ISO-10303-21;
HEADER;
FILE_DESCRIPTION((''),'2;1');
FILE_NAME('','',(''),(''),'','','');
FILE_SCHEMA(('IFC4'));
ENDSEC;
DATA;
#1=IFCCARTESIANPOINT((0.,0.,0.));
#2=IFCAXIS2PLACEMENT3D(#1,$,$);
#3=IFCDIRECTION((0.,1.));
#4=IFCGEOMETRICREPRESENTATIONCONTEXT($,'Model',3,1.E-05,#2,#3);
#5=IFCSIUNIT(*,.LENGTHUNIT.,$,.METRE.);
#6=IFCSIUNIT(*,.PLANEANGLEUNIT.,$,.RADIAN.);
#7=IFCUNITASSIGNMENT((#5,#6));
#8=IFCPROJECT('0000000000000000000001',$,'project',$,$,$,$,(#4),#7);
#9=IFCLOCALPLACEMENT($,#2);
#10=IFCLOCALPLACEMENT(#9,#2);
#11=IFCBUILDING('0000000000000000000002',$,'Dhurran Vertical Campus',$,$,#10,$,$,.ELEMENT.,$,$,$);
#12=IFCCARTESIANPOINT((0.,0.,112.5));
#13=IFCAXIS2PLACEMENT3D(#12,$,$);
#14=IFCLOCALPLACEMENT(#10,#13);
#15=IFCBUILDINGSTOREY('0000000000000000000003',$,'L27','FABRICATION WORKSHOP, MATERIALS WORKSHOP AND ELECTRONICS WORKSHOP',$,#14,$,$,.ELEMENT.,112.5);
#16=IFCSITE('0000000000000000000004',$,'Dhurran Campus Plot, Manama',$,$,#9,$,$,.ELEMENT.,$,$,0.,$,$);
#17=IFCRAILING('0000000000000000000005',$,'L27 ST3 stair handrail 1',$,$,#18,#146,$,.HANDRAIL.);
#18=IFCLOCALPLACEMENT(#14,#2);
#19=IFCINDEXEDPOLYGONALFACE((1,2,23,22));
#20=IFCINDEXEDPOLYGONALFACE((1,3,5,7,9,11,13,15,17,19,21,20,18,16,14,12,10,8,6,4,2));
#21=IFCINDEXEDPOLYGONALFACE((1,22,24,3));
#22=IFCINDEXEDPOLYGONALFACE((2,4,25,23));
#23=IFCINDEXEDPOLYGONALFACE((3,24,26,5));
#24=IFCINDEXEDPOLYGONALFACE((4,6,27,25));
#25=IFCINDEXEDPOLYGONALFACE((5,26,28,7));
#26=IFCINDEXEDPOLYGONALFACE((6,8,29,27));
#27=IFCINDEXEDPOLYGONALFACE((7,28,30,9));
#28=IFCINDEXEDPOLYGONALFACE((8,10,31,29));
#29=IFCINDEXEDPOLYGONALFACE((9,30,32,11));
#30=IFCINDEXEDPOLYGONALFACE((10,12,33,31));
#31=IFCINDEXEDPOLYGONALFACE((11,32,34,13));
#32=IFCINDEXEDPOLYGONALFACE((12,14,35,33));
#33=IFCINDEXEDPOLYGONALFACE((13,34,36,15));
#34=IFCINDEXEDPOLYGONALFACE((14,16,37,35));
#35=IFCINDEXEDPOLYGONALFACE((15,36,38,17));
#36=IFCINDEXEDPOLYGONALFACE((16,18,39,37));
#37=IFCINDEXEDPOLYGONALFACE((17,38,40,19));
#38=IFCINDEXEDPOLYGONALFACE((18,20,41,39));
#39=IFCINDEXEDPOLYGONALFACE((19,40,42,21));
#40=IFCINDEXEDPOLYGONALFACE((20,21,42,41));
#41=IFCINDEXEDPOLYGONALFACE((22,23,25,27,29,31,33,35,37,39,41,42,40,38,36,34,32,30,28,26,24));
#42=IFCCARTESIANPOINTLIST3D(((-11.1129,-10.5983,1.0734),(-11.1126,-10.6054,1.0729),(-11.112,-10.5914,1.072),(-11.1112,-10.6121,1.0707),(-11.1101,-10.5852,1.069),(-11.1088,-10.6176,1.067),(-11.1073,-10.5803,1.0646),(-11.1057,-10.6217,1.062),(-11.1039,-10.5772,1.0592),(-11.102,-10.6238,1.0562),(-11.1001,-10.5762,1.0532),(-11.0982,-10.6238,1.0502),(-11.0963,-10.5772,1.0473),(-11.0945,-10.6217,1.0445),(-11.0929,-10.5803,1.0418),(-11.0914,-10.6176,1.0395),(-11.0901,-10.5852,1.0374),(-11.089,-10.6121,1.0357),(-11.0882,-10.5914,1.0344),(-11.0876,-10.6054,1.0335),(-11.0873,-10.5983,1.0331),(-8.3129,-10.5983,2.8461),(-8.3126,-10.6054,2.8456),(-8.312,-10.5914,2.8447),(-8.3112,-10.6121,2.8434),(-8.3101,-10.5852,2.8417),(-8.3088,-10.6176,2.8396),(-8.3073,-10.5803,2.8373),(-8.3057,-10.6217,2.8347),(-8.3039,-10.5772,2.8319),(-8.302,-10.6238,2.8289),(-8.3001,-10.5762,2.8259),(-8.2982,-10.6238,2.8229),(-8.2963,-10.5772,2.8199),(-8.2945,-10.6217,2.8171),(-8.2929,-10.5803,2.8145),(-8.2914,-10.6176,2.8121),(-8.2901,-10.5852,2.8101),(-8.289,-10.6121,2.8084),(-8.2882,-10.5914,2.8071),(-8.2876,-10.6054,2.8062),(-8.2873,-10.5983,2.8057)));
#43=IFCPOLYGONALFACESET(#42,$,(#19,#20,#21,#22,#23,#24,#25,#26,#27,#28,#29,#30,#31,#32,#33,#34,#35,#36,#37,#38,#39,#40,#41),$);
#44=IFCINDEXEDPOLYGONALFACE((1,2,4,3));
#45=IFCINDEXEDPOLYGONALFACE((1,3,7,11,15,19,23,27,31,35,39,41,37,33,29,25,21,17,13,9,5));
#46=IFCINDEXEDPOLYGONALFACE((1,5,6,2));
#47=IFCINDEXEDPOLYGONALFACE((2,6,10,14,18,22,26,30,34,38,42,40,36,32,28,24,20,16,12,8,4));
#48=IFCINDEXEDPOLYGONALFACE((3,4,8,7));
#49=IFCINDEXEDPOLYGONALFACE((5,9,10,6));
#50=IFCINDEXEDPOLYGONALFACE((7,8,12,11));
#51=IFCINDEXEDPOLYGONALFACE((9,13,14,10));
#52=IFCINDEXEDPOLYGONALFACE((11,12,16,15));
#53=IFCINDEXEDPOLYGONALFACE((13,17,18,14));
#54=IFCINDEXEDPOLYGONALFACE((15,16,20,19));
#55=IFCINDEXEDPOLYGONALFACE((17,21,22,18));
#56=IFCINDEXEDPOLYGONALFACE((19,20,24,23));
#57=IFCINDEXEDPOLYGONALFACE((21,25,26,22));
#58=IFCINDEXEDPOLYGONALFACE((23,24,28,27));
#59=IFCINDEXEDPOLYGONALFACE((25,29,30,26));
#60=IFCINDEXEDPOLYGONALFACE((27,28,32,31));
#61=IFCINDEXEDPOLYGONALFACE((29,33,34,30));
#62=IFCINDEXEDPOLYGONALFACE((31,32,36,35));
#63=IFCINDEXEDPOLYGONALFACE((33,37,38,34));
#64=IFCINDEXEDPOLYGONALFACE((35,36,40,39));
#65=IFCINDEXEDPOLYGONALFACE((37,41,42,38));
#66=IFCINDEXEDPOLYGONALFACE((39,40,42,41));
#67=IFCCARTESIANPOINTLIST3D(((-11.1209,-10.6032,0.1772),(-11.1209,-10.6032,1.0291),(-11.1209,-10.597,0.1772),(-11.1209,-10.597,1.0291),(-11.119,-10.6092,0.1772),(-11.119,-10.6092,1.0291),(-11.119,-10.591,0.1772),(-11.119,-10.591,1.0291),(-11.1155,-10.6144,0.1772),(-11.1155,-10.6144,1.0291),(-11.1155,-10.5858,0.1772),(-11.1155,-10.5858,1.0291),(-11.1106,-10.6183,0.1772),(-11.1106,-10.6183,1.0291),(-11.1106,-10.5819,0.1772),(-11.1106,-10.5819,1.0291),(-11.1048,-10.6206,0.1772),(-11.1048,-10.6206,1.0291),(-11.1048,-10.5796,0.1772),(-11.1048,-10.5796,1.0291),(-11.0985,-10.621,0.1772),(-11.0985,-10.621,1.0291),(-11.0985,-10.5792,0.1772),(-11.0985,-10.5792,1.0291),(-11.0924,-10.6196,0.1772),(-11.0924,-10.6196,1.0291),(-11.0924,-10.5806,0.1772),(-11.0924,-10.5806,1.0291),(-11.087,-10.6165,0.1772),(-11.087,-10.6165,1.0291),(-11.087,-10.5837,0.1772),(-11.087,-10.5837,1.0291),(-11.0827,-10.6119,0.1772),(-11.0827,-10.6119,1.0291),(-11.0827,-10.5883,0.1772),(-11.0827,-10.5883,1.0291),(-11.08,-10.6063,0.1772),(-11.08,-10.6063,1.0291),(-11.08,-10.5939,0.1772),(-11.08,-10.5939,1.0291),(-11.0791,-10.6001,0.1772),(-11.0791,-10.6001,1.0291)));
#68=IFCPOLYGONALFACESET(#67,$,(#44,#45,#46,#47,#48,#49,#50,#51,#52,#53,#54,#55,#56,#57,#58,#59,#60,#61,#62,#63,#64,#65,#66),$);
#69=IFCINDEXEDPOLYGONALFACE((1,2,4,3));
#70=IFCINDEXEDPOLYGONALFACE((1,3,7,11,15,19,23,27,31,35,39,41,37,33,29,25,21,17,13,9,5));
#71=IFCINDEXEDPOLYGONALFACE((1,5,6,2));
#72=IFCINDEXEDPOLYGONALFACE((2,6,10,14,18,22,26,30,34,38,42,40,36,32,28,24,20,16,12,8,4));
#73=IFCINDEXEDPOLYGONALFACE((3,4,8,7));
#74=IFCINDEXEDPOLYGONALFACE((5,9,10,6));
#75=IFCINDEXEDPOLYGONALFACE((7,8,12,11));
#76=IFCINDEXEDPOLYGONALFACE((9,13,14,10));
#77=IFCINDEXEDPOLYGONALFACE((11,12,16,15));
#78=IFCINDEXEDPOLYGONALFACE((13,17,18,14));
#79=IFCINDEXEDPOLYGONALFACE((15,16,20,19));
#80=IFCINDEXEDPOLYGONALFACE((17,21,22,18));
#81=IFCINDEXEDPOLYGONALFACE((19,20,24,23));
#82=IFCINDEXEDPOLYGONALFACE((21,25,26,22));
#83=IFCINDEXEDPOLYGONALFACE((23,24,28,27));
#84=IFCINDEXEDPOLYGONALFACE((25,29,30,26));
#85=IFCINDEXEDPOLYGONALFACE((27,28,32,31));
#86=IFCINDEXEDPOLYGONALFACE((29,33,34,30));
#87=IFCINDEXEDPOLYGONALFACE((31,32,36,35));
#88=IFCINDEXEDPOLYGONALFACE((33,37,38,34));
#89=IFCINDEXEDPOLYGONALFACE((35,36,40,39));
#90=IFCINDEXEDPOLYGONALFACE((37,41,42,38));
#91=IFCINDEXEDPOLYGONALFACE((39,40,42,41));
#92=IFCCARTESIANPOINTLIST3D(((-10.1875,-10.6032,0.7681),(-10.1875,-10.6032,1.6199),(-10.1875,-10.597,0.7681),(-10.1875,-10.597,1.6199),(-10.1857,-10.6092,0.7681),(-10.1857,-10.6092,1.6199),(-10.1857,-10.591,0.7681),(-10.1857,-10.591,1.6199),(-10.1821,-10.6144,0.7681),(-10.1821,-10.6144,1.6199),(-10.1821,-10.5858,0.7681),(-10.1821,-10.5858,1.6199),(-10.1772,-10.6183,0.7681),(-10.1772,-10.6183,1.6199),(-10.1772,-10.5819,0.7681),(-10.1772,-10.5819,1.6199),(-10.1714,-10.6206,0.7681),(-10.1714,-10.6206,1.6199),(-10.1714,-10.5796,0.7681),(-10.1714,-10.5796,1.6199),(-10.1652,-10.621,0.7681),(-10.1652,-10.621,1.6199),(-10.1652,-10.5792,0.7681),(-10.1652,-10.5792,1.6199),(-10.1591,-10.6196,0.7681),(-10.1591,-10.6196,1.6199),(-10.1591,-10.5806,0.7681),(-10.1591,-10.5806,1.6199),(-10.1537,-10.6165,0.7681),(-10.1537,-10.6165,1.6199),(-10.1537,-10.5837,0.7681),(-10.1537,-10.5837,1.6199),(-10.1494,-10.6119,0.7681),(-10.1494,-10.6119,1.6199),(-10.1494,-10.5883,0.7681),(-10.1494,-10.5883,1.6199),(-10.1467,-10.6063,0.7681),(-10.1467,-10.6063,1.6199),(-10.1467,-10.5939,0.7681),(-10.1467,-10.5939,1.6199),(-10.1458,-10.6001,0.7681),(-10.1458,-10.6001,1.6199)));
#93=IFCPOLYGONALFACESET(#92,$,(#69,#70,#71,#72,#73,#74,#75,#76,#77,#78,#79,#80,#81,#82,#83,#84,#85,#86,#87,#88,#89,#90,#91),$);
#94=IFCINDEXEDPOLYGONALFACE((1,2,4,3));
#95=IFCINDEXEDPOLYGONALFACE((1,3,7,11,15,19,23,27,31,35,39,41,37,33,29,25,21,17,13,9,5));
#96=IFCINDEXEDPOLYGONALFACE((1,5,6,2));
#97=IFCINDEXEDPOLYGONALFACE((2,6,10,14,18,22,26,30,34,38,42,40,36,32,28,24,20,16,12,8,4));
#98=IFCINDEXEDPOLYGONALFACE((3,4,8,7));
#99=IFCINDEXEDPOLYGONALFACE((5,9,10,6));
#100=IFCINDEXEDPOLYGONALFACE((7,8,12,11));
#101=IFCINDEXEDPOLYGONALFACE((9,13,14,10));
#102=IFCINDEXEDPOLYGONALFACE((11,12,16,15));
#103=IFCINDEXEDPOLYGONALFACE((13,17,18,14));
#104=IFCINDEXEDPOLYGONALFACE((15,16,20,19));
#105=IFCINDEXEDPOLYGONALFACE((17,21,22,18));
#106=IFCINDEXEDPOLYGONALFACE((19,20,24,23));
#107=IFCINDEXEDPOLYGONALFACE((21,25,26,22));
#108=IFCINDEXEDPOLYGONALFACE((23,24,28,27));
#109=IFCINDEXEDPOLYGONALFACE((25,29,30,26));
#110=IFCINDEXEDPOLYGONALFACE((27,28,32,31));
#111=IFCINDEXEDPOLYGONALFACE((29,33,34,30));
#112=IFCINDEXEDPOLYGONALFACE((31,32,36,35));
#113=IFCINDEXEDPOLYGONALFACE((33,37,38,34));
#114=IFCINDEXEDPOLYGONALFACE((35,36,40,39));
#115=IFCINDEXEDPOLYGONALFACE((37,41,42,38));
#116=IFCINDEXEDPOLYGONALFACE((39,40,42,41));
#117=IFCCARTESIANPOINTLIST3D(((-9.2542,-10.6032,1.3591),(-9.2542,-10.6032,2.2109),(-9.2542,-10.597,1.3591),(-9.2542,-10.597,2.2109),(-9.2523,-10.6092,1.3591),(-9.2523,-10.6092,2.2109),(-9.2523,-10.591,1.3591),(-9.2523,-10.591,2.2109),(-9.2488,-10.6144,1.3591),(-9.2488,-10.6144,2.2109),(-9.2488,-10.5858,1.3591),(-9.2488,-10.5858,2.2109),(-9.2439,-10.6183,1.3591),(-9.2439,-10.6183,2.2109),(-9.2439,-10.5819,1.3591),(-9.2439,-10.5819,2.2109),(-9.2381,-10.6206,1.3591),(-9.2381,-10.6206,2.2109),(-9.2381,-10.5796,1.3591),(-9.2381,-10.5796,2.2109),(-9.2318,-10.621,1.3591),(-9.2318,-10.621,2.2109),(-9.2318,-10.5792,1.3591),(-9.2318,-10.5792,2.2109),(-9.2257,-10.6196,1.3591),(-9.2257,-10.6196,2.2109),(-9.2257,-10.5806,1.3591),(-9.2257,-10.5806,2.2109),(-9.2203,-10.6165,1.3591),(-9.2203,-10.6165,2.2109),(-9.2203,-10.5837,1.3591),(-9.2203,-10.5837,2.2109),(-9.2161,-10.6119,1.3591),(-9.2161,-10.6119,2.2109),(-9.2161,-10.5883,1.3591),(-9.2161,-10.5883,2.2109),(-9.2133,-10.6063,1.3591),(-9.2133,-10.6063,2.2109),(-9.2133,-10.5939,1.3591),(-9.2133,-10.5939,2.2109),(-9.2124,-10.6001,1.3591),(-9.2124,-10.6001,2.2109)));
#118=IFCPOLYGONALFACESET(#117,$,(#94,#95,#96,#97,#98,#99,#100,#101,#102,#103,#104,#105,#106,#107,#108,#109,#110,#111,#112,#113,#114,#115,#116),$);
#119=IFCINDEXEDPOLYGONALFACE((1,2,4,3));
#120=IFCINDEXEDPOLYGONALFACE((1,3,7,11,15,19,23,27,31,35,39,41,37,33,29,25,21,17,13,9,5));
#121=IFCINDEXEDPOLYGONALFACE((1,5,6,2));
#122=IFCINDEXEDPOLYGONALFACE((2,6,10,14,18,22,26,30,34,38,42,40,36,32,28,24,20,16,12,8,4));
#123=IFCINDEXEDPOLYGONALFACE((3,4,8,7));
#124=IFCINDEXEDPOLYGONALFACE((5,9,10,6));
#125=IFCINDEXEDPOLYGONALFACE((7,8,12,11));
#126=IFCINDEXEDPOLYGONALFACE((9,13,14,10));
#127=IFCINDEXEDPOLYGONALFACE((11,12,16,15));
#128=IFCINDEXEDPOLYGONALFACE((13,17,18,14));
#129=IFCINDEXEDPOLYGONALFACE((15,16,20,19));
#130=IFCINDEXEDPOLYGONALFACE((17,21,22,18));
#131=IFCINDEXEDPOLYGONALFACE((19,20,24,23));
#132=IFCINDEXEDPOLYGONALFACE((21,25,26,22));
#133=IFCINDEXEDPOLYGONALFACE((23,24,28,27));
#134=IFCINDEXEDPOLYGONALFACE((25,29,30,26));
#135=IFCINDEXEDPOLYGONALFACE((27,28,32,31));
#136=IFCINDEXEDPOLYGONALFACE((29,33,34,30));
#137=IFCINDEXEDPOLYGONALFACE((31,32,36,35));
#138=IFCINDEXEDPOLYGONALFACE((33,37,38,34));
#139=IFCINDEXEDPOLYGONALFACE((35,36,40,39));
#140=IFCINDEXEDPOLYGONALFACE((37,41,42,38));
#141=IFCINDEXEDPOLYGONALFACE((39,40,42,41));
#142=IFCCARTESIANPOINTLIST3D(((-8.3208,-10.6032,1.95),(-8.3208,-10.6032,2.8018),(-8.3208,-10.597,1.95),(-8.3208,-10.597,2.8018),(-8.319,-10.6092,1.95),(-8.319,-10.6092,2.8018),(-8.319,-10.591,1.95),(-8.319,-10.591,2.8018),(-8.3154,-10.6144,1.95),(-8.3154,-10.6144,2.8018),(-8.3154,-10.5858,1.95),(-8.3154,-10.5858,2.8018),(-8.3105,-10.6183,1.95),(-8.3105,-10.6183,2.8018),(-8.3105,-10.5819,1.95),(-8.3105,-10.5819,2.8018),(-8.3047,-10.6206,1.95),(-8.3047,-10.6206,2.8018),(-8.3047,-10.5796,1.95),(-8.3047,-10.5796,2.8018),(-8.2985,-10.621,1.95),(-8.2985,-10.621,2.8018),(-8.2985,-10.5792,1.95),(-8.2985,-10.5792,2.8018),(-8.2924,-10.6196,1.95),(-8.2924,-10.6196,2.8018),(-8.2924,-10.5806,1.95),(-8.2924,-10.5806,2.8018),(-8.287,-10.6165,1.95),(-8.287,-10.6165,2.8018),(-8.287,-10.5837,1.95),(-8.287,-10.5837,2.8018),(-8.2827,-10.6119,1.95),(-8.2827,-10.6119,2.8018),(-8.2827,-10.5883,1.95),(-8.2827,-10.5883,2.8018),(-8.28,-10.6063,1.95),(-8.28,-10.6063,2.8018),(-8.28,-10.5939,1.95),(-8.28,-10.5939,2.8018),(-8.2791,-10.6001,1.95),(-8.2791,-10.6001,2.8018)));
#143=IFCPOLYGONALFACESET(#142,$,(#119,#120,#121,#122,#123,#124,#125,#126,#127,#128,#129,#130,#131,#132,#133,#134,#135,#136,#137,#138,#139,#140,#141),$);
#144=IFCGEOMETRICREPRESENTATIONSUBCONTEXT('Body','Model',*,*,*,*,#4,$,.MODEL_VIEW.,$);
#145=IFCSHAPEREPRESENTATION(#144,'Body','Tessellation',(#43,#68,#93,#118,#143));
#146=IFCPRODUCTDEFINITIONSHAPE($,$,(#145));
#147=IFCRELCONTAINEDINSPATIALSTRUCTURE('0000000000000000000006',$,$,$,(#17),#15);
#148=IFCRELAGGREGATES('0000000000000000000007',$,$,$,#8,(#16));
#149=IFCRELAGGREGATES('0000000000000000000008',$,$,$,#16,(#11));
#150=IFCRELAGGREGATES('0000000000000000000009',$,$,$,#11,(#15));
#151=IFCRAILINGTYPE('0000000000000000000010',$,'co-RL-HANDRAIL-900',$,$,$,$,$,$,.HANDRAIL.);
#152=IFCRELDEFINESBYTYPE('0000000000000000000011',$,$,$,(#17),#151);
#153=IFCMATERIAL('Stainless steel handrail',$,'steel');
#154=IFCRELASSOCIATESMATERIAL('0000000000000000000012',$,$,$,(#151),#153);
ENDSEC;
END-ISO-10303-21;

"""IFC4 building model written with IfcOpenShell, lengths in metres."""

from ifc_helpers import new_model, si_unit, direction, frame, origin, origin_2d, place, context, subcontext, project, spatial, circle, extrude, material, type_object, element, save


model = new_model("IFC4")

# Units and contexts
model_context = context("Model", 3, precision=1e-05, world=origin(), true_north=direction((0.0, 1.0)))
body_context = subcontext(model_context, "Body", "Model", "MODEL_VIEW")
ifc_project = project(units=[si_unit("LENGTHUNIT", "METRE"), si_unit("PLANEANGLEUNIT", "RADIAN")], contexts=[model_context])

# Site, building, storey
site_placement = place(None, origin())
site = spatial("IfcSite", under=ifc_project, at=site_placement, Name="Dhurran Campus Plot, Manama", CompositionType="ELEMENT", RefElevation=0.0)
building_placement = place(site_placement, origin())
building = spatial("IfcBuilding", under=site, at=building_placement, Name="Dhurran Vertical Campus", CompositionType="ELEMENT")
storey_placement = place(building_placement, frame((0.0, 0.0, 112.5)))
storey = spatial("IfcBuildingStorey", under=building, at=storey_placement, Name="L27", Description="FABRICATION WORKSHOP, MATERIALS WORKSHOP AND ELECTRONICS WORKSHOP", CompositionType="ELEMENT", Elevation=112.5)

# Railing
ifc_material_1 = material(Name="Stainless steel handrail", Category="steel")
railing_type_1 = type_object("IfcRailingType", Name="co-RL-HANDRAIL-900", PredefinedType="HANDRAIL", material=ifc_material_1)
railing_1_placement = place(storey_placement, frame((-11.1001, -10.6001, 0.1772)))
element("IfcRailing", 1, at=railing_1_placement, inside=storey, type_object=railing_type_1, Name="L27 ST3 stair handrail 1", PredefinedType="HANDRAIL", context=body_context, shape_type="SweptSolid", body=[
    extrude(circle(Radius=0.0239, at=origin_2d()), frame((0.0, 0.0, 0.876), z_axis=(0.844909, 0.0, 0.53491), x_axis=(0.0, 1.0, 0.0)), (0.0, 0.0, 1.0), 3.314),
    extrude(circle(Radius=0.021, at=origin_2d()), origin(), (0.0, 0.0, 1.0), 0.8518),
    extrude(circle(Radius=0.021, at=origin_2d()), frame((0.9333, 0.0, 0.5908)), (0.0, 0.0, 1.0), 0.8518),
    extrude(circle(Radius=0.021, at=origin_2d()), frame((1.8667, 0.0, 1.1819)), (0.0, 0.0, 1.0), 0.8518),
    extrude(circle(Radius=0.021, at=origin_2d()), frame((2.8, 0.0, 1.7727)), (0.0, 0.0, 1.0), 0.8518),
])

save(model, "model.ifc")
